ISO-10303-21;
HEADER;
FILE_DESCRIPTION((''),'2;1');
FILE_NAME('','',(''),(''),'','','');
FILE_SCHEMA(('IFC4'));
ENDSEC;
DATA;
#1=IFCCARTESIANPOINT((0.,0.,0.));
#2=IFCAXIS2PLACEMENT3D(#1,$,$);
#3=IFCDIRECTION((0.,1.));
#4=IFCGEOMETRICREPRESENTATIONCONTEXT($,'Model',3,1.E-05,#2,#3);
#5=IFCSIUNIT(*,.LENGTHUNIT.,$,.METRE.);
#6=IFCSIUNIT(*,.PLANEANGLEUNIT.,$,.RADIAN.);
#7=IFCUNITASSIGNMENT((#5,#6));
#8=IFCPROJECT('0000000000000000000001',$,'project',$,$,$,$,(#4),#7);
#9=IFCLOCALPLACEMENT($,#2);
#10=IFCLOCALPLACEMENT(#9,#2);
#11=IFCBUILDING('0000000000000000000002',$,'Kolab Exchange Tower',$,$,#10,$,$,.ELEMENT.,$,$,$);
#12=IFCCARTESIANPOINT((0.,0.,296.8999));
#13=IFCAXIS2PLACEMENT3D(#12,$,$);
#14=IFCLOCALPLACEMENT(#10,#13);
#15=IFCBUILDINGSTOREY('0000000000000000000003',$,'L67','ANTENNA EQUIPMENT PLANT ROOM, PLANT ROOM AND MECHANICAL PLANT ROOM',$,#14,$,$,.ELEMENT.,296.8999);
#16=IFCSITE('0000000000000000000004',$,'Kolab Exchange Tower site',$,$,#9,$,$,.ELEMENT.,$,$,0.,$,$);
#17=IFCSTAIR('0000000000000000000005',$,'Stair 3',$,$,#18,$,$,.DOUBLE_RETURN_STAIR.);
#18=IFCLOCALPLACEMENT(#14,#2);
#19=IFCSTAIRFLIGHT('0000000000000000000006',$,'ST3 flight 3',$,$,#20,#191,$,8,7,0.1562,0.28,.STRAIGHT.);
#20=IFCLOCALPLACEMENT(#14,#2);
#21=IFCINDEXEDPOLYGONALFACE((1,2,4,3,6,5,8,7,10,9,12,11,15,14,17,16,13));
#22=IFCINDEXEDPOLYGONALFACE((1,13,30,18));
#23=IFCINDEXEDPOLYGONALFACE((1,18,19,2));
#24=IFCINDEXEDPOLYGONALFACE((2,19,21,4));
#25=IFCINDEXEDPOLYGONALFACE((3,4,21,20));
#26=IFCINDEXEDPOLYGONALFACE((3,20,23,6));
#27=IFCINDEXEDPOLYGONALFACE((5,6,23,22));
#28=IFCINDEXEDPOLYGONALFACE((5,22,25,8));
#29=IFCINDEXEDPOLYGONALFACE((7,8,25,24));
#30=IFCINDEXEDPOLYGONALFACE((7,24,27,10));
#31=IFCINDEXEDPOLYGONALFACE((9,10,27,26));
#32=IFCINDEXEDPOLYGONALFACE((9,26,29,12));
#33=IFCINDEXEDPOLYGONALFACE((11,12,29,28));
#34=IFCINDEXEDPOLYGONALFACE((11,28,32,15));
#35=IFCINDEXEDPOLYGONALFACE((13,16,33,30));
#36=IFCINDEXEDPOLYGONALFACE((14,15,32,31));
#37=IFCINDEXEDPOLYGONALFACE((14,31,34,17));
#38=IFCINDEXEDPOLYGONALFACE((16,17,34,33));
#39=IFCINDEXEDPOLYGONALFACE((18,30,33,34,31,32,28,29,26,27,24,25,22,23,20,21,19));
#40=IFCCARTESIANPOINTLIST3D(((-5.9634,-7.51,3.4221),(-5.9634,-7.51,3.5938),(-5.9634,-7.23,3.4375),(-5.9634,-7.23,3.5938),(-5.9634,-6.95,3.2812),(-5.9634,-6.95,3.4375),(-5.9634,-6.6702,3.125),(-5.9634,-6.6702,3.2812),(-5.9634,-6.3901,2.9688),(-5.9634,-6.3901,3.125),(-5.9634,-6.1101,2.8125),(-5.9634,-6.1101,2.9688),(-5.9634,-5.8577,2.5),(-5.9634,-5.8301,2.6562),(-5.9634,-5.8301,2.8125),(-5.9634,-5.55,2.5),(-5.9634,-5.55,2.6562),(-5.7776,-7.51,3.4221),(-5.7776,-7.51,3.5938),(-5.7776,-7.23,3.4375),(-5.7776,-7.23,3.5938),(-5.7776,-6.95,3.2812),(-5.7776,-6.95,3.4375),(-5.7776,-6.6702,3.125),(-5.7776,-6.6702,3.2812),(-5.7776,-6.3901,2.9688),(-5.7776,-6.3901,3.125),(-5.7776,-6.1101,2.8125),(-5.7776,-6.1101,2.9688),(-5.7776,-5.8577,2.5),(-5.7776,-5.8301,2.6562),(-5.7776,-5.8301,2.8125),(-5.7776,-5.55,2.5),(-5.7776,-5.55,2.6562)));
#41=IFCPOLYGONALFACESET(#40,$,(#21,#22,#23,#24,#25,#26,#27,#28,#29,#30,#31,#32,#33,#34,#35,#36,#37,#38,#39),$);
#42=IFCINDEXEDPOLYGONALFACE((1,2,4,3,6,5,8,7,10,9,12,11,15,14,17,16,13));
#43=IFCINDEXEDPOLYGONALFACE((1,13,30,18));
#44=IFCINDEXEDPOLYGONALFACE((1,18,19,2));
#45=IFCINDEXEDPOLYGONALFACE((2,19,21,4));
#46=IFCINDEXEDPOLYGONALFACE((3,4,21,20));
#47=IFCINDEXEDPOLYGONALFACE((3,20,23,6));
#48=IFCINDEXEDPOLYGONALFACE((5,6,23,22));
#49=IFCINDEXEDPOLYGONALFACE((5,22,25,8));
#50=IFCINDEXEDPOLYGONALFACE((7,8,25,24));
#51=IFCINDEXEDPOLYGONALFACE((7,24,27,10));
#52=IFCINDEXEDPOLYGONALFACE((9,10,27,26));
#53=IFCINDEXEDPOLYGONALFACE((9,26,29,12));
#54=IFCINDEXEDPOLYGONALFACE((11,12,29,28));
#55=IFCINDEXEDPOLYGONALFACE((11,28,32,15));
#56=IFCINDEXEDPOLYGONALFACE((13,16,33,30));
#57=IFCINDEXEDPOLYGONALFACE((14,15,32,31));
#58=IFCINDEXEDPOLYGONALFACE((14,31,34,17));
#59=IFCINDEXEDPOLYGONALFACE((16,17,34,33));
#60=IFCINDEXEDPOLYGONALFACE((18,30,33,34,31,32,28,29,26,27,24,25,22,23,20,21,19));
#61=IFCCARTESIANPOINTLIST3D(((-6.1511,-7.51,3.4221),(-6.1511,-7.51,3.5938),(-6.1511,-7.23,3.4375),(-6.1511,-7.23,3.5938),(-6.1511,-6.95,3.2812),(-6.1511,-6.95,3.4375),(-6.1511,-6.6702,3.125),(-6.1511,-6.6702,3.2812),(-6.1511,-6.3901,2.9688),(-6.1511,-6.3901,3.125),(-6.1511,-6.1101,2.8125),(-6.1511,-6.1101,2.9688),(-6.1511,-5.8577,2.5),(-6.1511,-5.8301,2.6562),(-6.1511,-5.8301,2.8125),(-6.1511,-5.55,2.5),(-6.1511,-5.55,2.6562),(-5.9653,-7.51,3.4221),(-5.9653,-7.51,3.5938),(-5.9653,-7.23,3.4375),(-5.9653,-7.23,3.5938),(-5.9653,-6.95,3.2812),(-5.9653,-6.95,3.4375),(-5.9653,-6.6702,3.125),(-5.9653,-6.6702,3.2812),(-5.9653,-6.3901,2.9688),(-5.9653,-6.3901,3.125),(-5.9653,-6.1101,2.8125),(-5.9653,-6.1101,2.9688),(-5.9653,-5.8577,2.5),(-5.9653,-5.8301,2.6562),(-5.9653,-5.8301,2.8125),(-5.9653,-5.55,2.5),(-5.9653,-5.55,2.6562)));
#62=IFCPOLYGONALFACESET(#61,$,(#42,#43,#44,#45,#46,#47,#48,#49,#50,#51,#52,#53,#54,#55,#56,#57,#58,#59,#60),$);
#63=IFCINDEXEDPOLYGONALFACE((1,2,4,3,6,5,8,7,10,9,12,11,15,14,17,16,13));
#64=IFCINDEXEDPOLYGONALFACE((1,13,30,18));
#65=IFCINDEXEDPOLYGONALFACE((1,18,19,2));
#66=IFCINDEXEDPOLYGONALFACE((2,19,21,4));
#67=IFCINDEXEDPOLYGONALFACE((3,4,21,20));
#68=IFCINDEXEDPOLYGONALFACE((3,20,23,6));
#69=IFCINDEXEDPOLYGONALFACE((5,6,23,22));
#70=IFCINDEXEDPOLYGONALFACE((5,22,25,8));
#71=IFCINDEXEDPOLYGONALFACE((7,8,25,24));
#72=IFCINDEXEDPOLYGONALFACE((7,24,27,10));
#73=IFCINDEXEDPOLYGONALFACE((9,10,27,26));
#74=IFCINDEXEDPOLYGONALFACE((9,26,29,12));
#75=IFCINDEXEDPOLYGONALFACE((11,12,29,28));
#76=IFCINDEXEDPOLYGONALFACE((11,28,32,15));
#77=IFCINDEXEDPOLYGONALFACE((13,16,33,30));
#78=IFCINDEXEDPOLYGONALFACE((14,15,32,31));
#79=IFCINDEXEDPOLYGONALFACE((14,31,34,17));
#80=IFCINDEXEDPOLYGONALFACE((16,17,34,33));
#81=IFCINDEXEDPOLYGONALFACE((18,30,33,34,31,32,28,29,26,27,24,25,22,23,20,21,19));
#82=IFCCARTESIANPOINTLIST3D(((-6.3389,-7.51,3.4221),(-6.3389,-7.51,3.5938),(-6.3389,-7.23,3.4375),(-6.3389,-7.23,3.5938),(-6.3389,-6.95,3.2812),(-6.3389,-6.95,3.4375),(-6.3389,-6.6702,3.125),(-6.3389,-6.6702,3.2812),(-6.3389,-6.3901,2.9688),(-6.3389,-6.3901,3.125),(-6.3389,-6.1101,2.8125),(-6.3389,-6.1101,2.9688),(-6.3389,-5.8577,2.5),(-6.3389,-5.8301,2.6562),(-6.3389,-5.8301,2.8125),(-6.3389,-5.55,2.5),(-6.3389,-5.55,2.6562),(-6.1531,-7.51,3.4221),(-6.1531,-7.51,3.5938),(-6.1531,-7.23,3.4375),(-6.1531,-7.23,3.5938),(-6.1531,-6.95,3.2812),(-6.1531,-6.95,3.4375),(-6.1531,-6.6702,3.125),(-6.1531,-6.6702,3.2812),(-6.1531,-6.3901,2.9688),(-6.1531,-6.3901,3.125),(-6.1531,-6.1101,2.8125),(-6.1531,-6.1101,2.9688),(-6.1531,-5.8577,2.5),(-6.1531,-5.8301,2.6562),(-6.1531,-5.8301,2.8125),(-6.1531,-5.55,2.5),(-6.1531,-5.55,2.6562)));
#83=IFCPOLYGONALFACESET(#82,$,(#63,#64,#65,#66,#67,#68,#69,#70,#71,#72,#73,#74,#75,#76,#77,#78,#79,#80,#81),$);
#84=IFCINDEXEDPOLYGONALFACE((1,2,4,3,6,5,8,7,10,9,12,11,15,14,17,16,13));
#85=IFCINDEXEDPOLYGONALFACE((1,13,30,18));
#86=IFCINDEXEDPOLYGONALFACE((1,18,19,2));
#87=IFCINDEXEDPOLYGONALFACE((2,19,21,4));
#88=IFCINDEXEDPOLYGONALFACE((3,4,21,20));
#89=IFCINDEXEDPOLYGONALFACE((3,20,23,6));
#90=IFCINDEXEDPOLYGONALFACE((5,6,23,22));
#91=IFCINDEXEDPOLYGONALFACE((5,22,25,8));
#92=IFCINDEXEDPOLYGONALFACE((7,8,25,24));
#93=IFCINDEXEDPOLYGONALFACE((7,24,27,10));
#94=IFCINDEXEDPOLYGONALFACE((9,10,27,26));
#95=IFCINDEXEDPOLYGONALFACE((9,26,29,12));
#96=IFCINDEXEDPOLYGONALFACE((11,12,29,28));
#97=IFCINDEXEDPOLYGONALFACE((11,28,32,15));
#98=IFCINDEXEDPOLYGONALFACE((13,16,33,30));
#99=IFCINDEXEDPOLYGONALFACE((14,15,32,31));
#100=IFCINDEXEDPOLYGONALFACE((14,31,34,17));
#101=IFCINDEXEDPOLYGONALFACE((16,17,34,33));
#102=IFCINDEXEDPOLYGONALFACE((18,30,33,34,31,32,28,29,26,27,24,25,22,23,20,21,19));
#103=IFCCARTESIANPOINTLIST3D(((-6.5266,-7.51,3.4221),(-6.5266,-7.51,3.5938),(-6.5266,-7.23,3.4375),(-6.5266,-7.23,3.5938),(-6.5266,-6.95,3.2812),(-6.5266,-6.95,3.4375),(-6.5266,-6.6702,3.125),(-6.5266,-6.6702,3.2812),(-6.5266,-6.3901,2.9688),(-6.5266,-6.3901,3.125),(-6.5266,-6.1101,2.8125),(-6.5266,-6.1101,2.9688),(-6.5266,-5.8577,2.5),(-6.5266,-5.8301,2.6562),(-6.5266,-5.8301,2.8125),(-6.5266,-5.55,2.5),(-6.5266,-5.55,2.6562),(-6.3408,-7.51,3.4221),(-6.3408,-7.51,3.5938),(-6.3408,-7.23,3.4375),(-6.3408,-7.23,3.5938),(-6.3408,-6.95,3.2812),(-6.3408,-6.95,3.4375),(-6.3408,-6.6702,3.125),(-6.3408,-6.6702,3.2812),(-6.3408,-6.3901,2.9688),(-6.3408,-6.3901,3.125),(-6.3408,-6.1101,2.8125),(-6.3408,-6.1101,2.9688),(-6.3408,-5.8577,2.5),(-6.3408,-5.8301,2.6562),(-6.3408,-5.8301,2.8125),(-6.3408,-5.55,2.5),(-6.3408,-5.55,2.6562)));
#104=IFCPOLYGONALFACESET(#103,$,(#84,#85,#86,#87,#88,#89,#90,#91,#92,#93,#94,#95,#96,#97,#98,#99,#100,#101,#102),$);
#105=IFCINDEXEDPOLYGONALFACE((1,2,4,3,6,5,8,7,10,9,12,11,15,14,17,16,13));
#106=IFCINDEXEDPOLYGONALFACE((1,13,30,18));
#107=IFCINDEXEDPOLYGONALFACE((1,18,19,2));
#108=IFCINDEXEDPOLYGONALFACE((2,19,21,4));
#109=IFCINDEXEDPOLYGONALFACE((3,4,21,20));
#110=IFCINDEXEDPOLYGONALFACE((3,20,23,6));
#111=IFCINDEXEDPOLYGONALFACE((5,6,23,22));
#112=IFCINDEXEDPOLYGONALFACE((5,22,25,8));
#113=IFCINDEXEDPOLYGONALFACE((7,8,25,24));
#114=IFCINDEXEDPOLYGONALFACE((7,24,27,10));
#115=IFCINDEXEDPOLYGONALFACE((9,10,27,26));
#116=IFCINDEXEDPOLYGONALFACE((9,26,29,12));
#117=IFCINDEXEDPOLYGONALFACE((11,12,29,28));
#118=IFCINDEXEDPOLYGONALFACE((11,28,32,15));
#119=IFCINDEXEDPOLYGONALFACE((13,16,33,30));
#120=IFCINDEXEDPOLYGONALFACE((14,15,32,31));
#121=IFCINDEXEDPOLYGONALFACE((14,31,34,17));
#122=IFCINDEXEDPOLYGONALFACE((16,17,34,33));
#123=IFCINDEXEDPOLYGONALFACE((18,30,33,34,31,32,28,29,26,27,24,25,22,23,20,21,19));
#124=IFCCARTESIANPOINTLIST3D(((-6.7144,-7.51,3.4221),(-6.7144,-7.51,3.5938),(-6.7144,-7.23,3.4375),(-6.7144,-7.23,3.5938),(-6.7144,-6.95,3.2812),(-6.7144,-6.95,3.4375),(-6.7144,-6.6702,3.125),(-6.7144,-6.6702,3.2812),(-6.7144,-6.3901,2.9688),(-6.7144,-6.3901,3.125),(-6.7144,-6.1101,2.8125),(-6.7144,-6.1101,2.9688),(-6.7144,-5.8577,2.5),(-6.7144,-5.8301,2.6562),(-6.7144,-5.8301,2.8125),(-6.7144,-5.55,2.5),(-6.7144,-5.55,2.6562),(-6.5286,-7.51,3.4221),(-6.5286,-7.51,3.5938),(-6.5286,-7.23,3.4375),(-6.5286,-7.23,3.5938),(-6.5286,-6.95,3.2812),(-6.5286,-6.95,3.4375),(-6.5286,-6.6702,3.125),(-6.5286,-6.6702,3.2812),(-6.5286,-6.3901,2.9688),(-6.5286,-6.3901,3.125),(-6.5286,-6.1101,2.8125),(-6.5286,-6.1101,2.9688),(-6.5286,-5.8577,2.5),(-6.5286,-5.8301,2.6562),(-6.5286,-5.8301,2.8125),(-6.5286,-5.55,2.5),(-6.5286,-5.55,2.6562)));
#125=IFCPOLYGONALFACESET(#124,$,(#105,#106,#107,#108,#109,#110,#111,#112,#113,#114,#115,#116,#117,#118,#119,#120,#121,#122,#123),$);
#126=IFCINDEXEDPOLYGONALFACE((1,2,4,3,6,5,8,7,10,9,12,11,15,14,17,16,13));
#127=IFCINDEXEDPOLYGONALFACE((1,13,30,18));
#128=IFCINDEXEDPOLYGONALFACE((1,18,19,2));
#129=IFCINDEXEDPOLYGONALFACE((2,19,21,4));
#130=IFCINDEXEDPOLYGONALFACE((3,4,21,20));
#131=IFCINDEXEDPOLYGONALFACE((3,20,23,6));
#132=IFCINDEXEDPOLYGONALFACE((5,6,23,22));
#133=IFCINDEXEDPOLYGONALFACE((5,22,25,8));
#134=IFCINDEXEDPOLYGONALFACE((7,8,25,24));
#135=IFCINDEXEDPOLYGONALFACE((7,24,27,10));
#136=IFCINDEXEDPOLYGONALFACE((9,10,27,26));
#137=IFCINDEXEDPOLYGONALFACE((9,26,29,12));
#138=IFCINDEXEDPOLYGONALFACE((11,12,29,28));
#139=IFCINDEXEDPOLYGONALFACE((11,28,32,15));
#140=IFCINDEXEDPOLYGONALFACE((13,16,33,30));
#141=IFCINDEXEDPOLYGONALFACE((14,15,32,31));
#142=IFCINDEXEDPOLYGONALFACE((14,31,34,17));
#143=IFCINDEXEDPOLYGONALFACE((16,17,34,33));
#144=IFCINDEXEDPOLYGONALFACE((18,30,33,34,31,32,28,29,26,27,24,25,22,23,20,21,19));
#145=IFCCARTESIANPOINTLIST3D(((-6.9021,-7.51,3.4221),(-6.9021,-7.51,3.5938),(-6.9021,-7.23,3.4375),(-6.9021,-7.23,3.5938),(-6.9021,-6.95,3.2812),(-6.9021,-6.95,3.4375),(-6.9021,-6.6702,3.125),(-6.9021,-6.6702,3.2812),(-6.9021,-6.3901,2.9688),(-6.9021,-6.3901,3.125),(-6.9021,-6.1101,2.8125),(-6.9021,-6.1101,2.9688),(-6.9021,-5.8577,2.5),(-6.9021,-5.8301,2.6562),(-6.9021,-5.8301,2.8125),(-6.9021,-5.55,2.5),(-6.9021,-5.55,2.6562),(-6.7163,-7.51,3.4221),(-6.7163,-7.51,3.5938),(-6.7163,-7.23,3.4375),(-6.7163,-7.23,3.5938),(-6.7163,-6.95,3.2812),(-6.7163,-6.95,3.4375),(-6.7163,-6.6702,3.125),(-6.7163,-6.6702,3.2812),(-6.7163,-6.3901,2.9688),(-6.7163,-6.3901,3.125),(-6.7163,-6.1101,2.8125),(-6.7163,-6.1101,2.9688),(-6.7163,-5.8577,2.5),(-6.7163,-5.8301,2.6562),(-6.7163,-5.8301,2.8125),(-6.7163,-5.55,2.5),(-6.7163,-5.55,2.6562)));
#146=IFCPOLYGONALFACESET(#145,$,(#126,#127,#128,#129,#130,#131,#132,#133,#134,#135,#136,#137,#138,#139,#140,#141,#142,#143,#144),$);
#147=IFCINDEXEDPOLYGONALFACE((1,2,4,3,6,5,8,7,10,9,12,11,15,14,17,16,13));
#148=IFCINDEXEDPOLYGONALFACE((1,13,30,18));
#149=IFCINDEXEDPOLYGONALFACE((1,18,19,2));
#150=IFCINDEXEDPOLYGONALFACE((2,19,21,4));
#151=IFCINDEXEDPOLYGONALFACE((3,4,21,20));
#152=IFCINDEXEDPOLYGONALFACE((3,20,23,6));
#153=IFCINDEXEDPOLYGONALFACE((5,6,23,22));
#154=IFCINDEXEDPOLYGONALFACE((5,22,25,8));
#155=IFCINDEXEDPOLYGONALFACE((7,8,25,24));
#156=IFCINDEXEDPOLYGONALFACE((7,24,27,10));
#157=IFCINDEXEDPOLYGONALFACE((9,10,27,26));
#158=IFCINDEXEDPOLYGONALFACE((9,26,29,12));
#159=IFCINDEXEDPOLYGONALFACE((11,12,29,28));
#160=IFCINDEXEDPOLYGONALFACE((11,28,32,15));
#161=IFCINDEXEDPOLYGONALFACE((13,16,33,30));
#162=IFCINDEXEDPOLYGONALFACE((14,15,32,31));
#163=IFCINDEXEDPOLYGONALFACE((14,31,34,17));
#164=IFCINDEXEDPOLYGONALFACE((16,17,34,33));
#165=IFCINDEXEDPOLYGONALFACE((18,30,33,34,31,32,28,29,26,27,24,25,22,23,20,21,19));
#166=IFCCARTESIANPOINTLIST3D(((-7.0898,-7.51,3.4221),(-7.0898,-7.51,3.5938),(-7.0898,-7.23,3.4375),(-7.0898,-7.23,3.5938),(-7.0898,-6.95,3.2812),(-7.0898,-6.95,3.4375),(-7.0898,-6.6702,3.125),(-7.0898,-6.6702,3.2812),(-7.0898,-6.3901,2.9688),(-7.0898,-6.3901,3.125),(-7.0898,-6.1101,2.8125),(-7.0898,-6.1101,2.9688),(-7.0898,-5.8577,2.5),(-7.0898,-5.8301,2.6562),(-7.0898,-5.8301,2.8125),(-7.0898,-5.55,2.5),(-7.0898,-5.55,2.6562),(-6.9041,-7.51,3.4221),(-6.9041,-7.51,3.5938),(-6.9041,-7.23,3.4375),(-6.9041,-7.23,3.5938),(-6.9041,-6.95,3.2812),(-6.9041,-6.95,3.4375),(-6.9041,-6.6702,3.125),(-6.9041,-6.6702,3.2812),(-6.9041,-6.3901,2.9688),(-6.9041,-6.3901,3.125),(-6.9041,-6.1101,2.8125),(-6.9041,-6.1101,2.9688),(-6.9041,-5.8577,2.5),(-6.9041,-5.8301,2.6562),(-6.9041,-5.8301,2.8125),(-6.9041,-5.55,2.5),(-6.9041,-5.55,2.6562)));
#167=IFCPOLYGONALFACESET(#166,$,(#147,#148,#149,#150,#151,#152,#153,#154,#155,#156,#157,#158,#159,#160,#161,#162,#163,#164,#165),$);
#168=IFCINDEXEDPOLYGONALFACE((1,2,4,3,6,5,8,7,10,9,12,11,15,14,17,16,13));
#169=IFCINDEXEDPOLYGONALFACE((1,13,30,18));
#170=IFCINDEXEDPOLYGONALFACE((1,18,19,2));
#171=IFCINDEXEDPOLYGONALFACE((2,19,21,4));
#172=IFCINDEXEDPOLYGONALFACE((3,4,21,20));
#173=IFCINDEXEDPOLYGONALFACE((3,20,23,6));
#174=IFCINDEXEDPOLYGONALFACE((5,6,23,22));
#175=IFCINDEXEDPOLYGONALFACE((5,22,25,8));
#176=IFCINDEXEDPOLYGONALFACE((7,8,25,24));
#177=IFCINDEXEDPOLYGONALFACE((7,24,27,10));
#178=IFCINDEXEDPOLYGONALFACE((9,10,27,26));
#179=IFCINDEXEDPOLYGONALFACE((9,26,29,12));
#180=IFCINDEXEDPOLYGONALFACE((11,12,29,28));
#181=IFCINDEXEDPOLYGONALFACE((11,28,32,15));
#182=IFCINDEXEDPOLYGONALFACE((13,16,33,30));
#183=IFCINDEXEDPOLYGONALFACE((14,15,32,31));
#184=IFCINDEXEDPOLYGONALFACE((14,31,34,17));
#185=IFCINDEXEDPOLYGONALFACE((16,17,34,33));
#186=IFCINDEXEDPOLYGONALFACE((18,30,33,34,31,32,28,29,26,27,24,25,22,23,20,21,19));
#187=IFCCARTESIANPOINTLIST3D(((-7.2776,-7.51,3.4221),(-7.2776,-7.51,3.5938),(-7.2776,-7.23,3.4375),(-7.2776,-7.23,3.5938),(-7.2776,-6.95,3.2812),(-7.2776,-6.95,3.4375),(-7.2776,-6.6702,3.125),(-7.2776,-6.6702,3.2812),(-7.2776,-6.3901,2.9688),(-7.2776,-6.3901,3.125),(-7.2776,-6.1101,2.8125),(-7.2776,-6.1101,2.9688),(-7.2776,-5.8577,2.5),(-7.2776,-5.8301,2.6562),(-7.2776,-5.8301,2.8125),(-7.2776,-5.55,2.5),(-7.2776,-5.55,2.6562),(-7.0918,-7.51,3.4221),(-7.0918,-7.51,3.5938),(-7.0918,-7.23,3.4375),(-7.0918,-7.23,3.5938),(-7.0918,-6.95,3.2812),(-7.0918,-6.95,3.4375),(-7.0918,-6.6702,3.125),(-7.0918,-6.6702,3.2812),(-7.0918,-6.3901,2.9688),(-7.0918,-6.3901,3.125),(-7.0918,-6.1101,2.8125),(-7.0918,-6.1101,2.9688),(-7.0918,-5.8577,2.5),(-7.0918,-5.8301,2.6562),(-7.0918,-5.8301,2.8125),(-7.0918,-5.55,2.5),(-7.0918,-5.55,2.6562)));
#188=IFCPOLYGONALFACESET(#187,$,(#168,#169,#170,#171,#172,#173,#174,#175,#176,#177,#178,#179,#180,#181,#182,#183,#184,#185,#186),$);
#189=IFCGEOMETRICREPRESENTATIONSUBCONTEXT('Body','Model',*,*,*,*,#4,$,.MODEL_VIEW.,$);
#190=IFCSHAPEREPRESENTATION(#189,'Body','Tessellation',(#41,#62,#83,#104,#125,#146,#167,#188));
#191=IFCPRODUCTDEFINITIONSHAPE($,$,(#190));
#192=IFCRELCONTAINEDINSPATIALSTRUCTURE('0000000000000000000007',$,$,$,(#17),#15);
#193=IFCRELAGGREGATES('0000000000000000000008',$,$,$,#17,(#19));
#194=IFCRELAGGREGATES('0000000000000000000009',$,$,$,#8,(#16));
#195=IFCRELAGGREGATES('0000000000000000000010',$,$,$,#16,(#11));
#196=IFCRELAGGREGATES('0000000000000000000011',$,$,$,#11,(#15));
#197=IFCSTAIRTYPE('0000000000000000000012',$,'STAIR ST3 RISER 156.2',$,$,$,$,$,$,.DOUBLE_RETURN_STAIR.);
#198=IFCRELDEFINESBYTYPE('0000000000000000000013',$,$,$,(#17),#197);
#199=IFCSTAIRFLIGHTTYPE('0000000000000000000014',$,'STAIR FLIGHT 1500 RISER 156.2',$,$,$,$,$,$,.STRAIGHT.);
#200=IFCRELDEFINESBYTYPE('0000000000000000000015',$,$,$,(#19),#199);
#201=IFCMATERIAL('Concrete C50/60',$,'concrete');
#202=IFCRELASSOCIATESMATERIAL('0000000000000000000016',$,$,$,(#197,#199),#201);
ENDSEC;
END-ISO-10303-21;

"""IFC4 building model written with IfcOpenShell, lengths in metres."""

from ifc_helpers import new_model, si_unit, direction, frame, origin, place, context, subcontext, project, spatial, polyline, outline, extrude, material, type_object, element, aggregate, save


model = new_model("IFC4")

# Units and contexts
model_context = context("Model", 3, precision=1e-05, world=origin(), true_north=direction((0.0, 1.0)))
body_context = subcontext(model_context, "Body", "Model", "MODEL_VIEW")
ifc_project = project(units=[si_unit("LENGTHUNIT", "METRE"), si_unit("PLANEANGLEUNIT", "RADIAN")], contexts=[model_context])

# Site, building, storey
site_placement = place(None, origin())
site = spatial("IfcSite", under=ifc_project, at=site_placement, Name="Kolab Exchange Tower site", CompositionType="ELEMENT", RefElevation=0.0)
building_placement = place(site_placement, origin())
building = spatial("IfcBuilding", under=site, at=building_placement, Name="Kolab Exchange Tower", CompositionType="ELEMENT")
storey_placement = place(building_placement, frame((0.0, 0.0, 296.8999)))
storey = spatial("IfcBuildingStorey", under=building, at=storey_placement, Name="L67", Description="ANTENNA EQUIPMENT PLANT ROOM, PLANT ROOM AND MECHANICAL PLANT ROOM", CompositionType="ELEMENT", Elevation=296.8999)

# Shared definitions
ifc_material_1 = material(Name="Concrete C50/60", Category="concrete")

# Stair, stair flight
stair_type = type_object("IfcStairType", Name="STAIR ST3 RISER 156.2", PredefinedType="DOUBLE_RETURN_STAIR", material=ifc_material_1)
stair_placement = place(storey_placement, origin())
stair = element("IfcStair", 1, at=stair_placement, inside=storey, type_object=stair_type, Name="Stair 3", PredefinedType="DOUBLE_RETURN_STAIR")
stair_flight_type = type_object("IfcStairFlightType", Name="STAIR FLIGHT 1500 RISER 156.2", PredefinedType="STRAIGHT", material=ifc_material_1)
stair_flight_1_placement = place(storey_placement, frame((-6.5276, -5.55, 2.5), z_axis=(0.0, 0.0, 1.0), x_axis=(0.0, -1.0, 0.0)))
stair_flight_1 = element("IfcStairFlight", 2, at=stair_flight_1_placement, type_object=stair_flight_type, Name="ST3 flight 3", NumberOfRisers=8, NumberOfTreads=7, PredefinedType="STRAIGHT", RiserHeight=0.1562, TreadLength=0.28, context=body_context, shape_type="SweptSolid", body=[
    extrude(outline(polyline([(0.0, 0.0), (0.0, 0.1562), (0.28, 0.1562), (0.28, 0.3125), (0.5601, 0.3125), (0.5601, 0.4688), (0.8401, 0.4688), (0.8401, 0.625), (1.1201, 0.625), (1.1201, 0.7812), (1.3999, 0.7812), (1.3999, 0.9375), (1.6799, 0.9375), (1.6799, 1.0938), (1.96, 1.0938), (1.96, 1.25), (1.96, 0.9221), (0.3076, 0.0), (0.0, 0.0)])), frame((0.0, 0.75, 0.0), z_axis=(0.0, -1.0, 0.0), x_axis=(1.0, 0.0, 0.0)), (0.0, 0.0, 1.0), 0.1858),
    extrude(outline(polyline([(0.0, 0.0), (0.0, 0.1562), (0.28, 0.1562), (0.28, 0.3125), (0.5601, 0.3125), (0.5601, 0.4688), (0.8401, 0.4688), (0.8401, 0.625), (1.1201, 0.625), (1.1201, 0.7812), (1.3999, 0.7812), (1.3999, 0.9375), (1.6799, 0.9375), (1.6799, 1.0938), (1.96, 1.0938), (1.96, 1.25), (1.96, 0.9221), (0.3076, 0.0), (0.0, 0.0)])), frame((0.0, 0.5623, 0.0), z_axis=(0.0, -1.0, 0.0), x_axis=(1.0, 0.0, 0.0)), (0.0, 0.0, 1.0), 0.1858),
    extrude(outline(polyline([(0.0, 0.0), (0.0, 0.1562), (0.28, 0.1562), (0.28, 0.3125), (0.5601, 0.3125), (0.5601, 0.4688), (0.8401, 0.4688), (0.8401, 0.625), (1.1201, 0.625), (1.1201, 0.7812), (1.3999, 0.7812), (1.3999, 0.9375), (1.6799, 0.9375), (1.6799, 1.0938), (1.96, 1.0938), (1.96, 1.25), (1.96, 0.9221), (0.3076, 0.0), (0.0, 0.0)])), frame((0.0, 0.3745, 0.0), z_axis=(0.0, -1.0, 0.0), x_axis=(1.0, 0.0, 0.0)), (0.0, 0.0, 1.0), 0.1858),
    extrude(outline(polyline([(0.0, 0.0), (0.0, 0.1562), (0.28, 0.1562), (0.28, 0.3125), (0.5601, 0.3125), (0.5601, 0.4688), (0.8401, 0.4688), (0.8401, 0.625), (1.1201, 0.625), (1.1201, 0.7812), (1.3999, 0.7812), (1.3999, 0.9375), (1.6799, 0.9375), (1.6799, 1.0938), (1.96, 1.0938), (1.96, 1.25), (1.96, 0.9221), (0.3076, 0.0), (0.0, 0.0)])), frame((0.0, 0.1868, 0.0), z_axis=(0.0, -1.0, 0.0), x_axis=(1.0, 0.0, 0.0)), (0.0, 0.0, 1.0), 0.1858),
    extrude(outline(polyline([(0.0, 0.0), (0.0, 0.1562), (0.28, 0.1562), (0.28, 0.3125), (0.5601, 0.3125), (0.5601, 0.4688), (0.8401, 0.4688), (0.8401, 0.625), (1.1201, 0.625), (1.1201, 0.7812), (1.3999, 0.7812), (1.3999, 0.9375), (1.6799, 0.9375), (1.6799, 1.0938), (1.96, 1.0938), (1.96, 1.25), (1.96, 0.9221), (0.3076, 0.0), (0.0, 0.0)])), frame((0.0, -0.001, 0.0), z_axis=(0.0, -1.0, 0.0), x_axis=(1.0, 0.0, 0.0)), (0.0, 0.0, 1.0), 0.1858),
    extrude(outline(polyline([(0.0, 0.0), (0.0, 0.1562), (0.28, 0.1562), (0.28, 0.3125), (0.5601, 0.3125), (0.5601, 0.4688), (0.8401, 0.4688), (0.8401, 0.625), (1.1201, 0.625), (1.1201, 0.7812), (1.3999, 0.7812), (1.3999, 0.9375), (1.6799, 0.9375), (1.6799, 1.0938), (1.96, 1.0938), (1.96, 1.25), (1.96, 0.9221), (0.3076, 0.0), (0.0, 0.0)])), frame((0.0, -0.1887, 0.0), z_axis=(0.0, -1.0, 0.0), x_axis=(1.0, 0.0, 0.0)), (0.0, 0.0, 1.0), 0.1858),
    extrude(outline(polyline([(0.0, 0.0), (0.0, 0.1562), (0.28, 0.1562), (0.28, 0.3125), (0.5601, 0.3125), (0.5601, 0.4688), (0.8401, 0.4688), (0.8401, 0.625), (1.1201, 0.625), (1.1201, 0.7812), (1.3999, 0.7812), (1.3999, 0.9375), (1.6799, 0.9375), (1.6799, 1.0938), (1.96, 1.0938), (1.96, 1.25), (1.96, 0.9221), (0.3076, 0.0), (0.0, 0.0)])), frame((0.0, -0.3765, 0.0), z_axis=(0.0, -1.0, 0.0), x_axis=(1.0, 0.0, 0.0)), (0.0, 0.0, 1.0), 0.1858),
    extrude(outline(polyline([(0.0, 0.0), (0.0, 0.1562), (0.28, 0.1562), (0.28, 0.3125), (0.5601, 0.3125), (0.5601, 0.4688), (0.8401, 0.4688), (0.8401, 0.625), (1.1201, 0.625), (1.1201, 0.7812), (1.3999, 0.7812), (1.3999, 0.9375), (1.6799, 0.9375), (1.6799, 1.0938), (1.96, 1.0938), (1.96, 1.25), (1.96, 0.9221), (0.3076, 0.0), (0.0, 0.0)])), frame((0.0, -0.5642, 0.0), z_axis=(0.0, -1.0, 0.0), x_axis=(1.0, 0.0, 0.0)), (0.0, 0.0, 1.0), 0.1858),
])
aggregate(stair, [stair_flight_1])

save(model, "model.ifc")
